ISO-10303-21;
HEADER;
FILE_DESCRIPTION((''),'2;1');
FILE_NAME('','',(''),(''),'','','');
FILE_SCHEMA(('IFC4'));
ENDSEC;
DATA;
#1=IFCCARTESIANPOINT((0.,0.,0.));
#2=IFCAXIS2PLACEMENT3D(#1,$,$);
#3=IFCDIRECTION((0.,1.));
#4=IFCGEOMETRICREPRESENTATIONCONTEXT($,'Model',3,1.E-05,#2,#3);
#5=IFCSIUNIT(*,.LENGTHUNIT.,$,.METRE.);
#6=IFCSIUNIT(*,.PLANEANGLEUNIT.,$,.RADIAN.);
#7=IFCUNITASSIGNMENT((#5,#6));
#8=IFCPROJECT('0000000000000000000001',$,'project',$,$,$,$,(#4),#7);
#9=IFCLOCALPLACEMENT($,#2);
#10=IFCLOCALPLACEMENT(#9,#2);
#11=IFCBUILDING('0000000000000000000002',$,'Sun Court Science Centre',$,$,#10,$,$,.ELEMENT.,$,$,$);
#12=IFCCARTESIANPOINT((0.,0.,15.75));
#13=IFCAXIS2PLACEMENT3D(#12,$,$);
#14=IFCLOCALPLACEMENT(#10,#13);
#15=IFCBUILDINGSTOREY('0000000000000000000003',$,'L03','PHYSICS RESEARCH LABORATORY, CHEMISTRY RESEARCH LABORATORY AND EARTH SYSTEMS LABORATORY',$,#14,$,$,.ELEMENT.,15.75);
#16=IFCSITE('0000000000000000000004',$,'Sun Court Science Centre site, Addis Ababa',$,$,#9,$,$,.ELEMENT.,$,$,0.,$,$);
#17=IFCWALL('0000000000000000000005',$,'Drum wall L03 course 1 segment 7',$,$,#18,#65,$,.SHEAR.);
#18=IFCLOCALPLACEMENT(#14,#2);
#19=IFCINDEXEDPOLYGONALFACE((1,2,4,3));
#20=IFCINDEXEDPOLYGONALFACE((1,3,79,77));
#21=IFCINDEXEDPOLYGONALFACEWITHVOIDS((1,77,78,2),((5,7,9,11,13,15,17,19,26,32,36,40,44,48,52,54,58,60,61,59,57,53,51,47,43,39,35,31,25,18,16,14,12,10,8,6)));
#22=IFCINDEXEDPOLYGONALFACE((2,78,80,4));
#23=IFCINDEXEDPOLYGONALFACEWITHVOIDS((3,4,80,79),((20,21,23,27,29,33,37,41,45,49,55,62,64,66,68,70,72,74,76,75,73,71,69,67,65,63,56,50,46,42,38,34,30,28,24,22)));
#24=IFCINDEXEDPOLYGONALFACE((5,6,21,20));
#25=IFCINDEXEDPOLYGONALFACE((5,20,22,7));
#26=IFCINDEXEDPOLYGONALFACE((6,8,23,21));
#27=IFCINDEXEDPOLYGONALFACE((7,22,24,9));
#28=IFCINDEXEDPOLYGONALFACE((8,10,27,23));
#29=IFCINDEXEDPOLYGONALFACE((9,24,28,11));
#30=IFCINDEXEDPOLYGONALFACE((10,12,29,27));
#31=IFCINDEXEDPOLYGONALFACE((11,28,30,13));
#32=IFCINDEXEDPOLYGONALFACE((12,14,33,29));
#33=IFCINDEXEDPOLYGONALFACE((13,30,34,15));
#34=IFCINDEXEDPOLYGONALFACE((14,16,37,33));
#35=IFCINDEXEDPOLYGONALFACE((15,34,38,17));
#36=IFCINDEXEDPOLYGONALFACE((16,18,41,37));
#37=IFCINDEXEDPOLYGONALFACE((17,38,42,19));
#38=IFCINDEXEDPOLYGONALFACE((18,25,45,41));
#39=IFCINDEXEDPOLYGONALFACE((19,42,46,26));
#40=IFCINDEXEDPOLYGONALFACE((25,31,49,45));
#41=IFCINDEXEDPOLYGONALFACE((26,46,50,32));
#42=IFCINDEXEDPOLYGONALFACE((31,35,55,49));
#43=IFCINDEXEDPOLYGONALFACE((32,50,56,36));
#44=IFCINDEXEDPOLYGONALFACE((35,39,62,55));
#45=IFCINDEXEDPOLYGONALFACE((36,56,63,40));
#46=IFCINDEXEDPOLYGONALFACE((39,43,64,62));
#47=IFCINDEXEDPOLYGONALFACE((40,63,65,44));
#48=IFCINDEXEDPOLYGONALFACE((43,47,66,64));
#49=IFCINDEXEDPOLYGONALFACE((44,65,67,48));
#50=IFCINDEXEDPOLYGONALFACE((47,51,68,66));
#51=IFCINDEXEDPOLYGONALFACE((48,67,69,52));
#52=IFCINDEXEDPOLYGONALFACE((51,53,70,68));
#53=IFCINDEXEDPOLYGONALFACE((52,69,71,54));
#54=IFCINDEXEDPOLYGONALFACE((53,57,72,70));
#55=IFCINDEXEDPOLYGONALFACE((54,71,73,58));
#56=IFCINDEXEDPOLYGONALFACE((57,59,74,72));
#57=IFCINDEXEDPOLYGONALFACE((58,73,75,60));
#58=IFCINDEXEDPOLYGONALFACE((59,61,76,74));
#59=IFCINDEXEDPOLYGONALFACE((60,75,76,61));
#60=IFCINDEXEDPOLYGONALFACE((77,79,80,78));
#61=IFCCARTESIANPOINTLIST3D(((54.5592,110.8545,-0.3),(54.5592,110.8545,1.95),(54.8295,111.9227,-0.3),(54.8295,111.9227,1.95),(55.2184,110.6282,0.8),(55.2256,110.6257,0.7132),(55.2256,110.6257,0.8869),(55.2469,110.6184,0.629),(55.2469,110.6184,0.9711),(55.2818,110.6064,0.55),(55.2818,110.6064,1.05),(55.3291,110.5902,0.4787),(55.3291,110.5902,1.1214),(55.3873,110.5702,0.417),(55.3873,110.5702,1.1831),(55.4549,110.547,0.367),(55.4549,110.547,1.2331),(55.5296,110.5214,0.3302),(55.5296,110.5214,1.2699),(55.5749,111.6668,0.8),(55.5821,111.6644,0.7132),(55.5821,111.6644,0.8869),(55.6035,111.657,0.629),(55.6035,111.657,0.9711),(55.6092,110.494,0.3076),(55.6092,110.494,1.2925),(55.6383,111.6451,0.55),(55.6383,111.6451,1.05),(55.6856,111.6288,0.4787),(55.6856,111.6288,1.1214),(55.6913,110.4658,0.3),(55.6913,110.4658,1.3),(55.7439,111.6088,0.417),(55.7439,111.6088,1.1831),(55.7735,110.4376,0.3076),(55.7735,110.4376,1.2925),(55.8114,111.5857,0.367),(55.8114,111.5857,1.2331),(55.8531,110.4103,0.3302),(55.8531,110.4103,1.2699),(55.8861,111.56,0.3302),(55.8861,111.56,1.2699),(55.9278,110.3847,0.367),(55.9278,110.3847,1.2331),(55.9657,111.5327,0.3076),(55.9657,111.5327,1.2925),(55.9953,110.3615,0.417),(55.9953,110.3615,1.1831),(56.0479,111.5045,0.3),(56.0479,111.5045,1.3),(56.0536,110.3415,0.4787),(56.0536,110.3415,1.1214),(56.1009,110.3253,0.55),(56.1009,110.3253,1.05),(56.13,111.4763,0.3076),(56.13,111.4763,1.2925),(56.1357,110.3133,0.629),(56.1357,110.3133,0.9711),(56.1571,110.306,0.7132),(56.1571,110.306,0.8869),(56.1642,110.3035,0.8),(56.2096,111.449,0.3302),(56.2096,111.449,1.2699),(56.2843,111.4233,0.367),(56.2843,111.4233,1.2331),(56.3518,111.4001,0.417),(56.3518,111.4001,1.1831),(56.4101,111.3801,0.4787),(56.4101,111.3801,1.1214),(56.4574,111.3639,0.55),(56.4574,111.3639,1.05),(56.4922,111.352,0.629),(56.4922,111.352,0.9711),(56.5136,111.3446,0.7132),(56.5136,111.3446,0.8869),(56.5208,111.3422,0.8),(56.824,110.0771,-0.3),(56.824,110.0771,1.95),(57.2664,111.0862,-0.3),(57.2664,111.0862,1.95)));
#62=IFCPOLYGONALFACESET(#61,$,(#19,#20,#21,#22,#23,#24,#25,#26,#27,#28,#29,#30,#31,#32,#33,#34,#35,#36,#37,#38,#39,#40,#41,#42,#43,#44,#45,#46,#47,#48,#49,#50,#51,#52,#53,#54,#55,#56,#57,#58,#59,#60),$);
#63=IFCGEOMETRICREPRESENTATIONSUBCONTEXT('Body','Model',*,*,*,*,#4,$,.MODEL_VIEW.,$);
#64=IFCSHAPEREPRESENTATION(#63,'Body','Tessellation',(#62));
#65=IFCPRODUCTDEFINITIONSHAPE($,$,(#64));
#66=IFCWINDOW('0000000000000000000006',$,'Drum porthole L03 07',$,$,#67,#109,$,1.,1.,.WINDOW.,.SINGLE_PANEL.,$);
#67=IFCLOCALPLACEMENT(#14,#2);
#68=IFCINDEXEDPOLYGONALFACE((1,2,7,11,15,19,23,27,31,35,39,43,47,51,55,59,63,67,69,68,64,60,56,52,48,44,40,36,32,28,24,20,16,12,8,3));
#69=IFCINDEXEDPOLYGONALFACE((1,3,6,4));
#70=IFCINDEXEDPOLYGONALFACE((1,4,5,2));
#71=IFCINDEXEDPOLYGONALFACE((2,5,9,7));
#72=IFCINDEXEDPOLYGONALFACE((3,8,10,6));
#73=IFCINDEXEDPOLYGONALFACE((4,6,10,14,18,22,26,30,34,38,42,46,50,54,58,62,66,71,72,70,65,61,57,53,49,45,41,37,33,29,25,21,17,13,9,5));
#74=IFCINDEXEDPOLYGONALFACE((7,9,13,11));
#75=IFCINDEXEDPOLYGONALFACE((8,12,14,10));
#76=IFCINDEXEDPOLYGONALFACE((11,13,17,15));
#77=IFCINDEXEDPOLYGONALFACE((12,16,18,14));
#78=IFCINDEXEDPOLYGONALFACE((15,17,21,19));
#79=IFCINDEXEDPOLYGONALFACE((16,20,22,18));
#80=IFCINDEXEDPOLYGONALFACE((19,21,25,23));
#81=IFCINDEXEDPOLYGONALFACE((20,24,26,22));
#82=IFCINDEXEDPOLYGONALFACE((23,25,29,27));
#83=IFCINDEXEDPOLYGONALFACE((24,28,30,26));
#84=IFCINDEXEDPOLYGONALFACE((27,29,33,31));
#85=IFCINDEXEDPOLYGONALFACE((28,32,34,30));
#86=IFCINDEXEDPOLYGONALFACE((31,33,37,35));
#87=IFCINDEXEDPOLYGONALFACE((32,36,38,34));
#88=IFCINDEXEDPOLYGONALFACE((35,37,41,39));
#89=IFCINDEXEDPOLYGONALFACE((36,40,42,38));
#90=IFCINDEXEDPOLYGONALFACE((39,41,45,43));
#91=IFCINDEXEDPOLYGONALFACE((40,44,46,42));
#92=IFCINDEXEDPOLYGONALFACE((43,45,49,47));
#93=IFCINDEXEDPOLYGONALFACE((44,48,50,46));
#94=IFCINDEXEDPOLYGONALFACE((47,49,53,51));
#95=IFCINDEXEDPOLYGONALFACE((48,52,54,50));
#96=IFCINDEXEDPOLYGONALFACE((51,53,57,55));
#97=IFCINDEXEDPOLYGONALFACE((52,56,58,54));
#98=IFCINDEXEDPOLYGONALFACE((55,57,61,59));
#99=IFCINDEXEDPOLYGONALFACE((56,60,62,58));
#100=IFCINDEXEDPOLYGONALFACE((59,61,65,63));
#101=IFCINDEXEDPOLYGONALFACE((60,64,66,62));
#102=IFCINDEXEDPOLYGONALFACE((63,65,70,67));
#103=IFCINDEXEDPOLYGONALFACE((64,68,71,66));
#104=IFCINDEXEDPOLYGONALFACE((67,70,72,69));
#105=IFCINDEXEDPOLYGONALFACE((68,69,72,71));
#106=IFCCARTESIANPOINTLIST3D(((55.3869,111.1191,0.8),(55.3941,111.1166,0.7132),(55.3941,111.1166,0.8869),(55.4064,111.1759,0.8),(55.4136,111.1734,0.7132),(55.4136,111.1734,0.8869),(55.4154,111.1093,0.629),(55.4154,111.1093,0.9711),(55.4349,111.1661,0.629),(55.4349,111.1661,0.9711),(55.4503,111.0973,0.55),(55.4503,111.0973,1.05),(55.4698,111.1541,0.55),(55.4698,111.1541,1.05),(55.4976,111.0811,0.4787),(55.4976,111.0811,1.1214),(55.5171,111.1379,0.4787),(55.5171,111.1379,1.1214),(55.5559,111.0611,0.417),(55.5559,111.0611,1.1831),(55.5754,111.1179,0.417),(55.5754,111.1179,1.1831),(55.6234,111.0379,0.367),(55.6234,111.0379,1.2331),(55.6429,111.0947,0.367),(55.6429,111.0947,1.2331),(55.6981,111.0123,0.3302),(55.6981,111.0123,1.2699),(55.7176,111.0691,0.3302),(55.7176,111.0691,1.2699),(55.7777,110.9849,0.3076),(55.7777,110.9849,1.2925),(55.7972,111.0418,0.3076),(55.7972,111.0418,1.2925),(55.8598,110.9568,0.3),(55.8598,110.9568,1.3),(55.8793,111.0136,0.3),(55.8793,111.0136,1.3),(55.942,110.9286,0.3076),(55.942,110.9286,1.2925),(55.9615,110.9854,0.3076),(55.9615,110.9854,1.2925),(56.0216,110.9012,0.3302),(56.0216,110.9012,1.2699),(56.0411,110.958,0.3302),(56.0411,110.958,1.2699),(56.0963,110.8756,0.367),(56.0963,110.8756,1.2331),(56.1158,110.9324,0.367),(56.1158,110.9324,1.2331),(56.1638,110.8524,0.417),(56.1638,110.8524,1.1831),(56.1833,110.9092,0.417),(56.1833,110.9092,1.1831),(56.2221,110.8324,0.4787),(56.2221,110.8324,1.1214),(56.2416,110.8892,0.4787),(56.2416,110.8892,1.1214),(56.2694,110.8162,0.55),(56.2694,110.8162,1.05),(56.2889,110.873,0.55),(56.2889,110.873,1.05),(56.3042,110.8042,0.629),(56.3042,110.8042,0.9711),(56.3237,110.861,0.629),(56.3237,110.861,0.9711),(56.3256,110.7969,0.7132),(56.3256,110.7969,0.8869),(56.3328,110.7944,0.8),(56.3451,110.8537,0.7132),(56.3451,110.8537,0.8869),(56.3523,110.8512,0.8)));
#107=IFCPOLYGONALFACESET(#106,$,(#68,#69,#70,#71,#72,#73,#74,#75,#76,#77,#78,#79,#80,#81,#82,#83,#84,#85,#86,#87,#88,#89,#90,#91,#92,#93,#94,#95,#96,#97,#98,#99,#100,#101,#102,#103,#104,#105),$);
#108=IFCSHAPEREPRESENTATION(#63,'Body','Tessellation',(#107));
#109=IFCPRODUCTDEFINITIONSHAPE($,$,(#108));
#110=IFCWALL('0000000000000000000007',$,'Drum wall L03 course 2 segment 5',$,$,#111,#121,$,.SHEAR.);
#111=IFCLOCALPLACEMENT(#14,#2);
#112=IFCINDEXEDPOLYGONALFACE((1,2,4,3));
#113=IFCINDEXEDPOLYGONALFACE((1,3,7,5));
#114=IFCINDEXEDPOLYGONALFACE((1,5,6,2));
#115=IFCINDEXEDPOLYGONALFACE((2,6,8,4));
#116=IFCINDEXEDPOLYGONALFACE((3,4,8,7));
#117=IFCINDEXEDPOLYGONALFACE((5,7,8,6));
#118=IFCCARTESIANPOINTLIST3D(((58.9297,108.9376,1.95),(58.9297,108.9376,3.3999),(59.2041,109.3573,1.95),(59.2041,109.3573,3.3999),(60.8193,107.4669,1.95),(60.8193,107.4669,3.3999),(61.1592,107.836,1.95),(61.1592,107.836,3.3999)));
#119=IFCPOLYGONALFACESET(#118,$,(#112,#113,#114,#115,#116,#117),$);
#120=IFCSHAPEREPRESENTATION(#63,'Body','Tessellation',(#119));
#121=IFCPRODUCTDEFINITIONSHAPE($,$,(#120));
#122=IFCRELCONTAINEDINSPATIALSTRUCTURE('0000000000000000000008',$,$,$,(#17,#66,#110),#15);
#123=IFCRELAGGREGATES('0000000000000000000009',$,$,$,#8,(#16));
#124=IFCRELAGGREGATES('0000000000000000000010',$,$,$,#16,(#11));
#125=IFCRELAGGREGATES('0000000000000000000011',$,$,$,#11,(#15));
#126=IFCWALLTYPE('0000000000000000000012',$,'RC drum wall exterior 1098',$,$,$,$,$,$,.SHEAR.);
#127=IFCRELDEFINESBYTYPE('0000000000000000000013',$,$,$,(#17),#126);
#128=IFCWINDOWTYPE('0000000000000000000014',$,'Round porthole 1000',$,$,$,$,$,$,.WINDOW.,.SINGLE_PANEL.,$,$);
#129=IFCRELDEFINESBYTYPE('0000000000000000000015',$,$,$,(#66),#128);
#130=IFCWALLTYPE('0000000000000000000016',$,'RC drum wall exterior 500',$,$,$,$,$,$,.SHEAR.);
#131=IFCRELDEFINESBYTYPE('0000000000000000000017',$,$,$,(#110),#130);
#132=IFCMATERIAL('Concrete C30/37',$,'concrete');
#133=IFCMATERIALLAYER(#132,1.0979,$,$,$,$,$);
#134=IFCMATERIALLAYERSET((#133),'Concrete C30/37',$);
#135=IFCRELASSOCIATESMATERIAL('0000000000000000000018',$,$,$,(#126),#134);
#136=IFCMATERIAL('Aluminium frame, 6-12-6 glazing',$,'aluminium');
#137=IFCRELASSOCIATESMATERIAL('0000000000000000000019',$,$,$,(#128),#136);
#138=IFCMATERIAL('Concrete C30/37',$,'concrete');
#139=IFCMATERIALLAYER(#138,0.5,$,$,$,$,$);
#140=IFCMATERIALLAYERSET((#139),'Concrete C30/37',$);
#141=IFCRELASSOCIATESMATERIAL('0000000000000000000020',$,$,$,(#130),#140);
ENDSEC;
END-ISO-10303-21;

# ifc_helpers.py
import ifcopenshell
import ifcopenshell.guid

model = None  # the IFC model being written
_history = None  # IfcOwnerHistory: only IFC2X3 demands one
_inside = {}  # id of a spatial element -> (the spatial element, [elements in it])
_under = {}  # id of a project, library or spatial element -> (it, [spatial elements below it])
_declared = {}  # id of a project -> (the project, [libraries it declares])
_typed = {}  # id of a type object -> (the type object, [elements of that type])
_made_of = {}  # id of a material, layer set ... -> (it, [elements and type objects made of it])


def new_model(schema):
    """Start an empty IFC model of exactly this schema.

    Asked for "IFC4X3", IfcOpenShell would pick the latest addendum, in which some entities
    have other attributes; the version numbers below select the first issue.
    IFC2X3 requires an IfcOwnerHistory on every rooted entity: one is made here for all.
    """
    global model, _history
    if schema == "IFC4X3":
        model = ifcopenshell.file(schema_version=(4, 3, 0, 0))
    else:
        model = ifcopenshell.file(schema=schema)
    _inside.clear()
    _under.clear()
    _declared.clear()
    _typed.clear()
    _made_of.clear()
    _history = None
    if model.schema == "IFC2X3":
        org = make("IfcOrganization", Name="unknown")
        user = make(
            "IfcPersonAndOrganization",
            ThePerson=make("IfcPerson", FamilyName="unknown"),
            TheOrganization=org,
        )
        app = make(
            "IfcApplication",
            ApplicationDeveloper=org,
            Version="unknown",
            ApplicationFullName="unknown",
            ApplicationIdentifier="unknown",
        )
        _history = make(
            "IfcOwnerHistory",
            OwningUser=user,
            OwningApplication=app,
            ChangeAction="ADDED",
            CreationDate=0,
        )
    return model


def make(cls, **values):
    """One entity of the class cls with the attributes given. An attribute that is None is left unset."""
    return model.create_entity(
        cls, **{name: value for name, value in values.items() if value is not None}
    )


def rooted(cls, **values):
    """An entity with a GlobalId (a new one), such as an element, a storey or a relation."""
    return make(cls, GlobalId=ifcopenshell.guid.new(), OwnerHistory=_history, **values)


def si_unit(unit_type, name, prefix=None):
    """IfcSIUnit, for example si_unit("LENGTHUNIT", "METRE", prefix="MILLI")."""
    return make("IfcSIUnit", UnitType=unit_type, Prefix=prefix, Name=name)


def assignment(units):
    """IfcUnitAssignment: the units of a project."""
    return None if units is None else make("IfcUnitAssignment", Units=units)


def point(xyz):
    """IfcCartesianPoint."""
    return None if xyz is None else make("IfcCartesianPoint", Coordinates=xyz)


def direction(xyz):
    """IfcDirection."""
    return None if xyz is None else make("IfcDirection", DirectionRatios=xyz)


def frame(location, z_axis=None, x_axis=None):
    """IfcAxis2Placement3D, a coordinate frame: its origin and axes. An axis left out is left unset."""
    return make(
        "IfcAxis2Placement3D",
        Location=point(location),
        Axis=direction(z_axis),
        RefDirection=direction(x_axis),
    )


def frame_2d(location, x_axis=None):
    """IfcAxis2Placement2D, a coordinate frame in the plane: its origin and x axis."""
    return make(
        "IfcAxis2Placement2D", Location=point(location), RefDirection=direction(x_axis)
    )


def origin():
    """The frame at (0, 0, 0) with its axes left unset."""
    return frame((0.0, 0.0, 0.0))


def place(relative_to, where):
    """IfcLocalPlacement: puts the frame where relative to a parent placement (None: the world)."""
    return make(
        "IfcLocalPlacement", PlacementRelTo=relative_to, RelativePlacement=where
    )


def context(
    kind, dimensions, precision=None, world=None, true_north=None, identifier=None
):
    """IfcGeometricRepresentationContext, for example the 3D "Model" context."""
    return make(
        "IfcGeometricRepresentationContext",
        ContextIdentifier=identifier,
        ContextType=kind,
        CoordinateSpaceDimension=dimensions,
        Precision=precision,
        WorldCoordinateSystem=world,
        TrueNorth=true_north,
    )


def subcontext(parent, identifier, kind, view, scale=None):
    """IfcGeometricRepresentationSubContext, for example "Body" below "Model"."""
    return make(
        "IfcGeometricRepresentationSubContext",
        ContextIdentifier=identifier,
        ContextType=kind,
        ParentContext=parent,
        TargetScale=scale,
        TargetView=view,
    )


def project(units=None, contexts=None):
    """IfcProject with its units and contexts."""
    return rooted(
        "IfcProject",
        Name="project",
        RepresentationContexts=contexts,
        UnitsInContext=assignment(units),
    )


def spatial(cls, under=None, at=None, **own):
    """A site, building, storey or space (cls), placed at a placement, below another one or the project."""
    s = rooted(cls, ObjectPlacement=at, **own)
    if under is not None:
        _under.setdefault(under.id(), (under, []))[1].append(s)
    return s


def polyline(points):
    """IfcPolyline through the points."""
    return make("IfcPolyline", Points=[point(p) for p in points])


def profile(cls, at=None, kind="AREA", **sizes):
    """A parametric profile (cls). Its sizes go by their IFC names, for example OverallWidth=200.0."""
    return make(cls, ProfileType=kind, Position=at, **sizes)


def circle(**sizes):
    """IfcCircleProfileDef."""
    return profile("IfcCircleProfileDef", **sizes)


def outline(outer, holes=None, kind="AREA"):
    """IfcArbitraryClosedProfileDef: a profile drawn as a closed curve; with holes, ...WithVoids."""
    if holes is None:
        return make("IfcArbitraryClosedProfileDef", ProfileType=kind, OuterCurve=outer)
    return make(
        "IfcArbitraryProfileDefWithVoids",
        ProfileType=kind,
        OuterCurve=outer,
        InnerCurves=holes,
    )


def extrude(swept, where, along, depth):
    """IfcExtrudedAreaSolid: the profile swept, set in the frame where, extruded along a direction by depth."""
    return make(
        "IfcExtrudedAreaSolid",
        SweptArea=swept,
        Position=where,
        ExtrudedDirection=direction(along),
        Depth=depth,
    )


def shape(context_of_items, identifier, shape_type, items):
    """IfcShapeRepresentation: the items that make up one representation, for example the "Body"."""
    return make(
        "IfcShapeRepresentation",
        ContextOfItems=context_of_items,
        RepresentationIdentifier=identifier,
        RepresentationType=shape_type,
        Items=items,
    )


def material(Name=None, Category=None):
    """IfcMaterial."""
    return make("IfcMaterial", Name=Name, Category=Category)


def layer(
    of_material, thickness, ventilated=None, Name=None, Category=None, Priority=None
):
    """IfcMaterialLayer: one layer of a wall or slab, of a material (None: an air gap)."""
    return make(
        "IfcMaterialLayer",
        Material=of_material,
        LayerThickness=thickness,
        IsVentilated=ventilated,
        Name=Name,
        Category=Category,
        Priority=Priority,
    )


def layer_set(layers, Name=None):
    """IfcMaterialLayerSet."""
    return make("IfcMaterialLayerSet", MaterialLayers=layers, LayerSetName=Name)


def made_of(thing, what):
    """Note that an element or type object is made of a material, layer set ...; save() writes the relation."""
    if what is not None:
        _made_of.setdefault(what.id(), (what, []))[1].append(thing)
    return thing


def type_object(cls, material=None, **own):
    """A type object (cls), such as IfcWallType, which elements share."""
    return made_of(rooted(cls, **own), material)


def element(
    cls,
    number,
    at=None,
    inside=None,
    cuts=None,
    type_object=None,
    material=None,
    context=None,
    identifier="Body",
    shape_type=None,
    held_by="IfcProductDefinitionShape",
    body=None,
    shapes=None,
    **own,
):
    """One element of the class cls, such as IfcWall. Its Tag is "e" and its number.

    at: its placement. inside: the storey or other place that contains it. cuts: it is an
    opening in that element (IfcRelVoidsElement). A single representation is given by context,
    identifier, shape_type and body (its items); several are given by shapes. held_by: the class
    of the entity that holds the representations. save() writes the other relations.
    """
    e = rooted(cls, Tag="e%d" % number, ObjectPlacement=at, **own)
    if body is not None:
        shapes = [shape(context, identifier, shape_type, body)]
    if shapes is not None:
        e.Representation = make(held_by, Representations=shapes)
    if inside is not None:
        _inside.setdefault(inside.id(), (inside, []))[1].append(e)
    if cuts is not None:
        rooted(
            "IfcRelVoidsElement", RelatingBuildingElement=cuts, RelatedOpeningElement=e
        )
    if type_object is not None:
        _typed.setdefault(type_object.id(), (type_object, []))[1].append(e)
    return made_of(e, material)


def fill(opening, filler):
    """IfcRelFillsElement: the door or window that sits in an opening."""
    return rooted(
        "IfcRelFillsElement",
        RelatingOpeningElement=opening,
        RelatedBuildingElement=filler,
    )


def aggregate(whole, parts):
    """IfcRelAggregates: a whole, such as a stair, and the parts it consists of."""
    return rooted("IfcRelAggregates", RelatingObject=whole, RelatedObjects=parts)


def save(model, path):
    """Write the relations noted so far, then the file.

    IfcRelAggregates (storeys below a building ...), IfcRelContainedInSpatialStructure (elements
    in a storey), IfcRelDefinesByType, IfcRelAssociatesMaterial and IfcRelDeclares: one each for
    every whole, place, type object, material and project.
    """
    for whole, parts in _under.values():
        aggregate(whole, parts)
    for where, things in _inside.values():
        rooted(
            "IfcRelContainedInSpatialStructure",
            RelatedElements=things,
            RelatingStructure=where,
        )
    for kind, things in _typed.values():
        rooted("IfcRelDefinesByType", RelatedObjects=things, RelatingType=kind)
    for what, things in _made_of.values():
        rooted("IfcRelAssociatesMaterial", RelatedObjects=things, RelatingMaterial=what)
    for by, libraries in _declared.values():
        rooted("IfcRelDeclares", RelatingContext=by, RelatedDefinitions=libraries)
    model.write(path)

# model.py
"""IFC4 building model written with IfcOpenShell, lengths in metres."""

from ifc_helpers import new_model, si_unit, direction, frame, frame_2d, origin, place, context, subcontext, project, spatial, polyline, circle, outline, extrude, material, layer, layer_set, type_object, element, fill, save


model = new_model("IFC4")

# Units and contexts
model_context = context("Model", 3, precision=1e-05, world=origin(), true_north=direction((0.0, 1.0)))
body_context = subcontext(model_context, "Body", "Model", "MODEL_VIEW")
ifc_project = project(units=[si_unit("LENGTHUNIT", "METRE"), si_unit("PLANEANGLEUNIT", "RADIAN")], contexts=[model_context])

# Site, building, storey
site_placement = place(None, origin())
site = spatial("IfcSite", under=ifc_project, at=site_placement, Name="Sun Court Science Centre site, Addis Ababa", CompositionType="ELEMENT", RefElevation=0.0)
building_placement = place(site_placement, origin())
building = spatial("IfcBuilding", under=site, at=building_placement, Name="Sun Court Science Centre", CompositionType="ELEMENT")
storey_placement = place(building_placement, frame((0.0, 0.0, 15.75)))
storey = spatial("IfcBuildingStorey", under=building, at=storey_placement, Name="L03", Description="PHYSICS RESEARCH LABORATORY, CHEMISTRY RESEARCH LABORATORY AND EARTH SYSTEMS LABORATORY", CompositionType="ELEMENT", Elevation=15.75)

# Shared definitions
ifc_material_1 = material(Name="Concrete C30/37", Category="concrete")
ifc_layer_1 = layer(ifc_material_1, 1.0979)
ifc_layer_set_1 = layer_set([ifc_layer_1], Name="Concrete C30/37")
wall_type_1 = type_object("IfcWallType", Name="RC drum wall exterior 1098", PredefinedType="SHEAR", material=ifc_layer_set_1)

# Wall, opening, window
wall_1_placement = place(storey_placement, frame((57.0881, 110.5669, -0.3), z_axis=(0.0, 0.0, 1.0), x_axis=(-0.945831, 0.324659, 0.0)))
wall_1 = element("IfcWall", 1, at=wall_1_placement, inside=storey, type_object=wall_type_1, Name="Drum wall L03 course 1 segment 7", PredefinedType="SHEAR", context=body_context, shape_type="SweptSolid", body=[
    extrude(outline(polyline([(0.0, -0.5491), (2.5764, -0.5491), (2.4854, 0.5491), (0.0908, 0.5491), (0.0, -0.5491)])), origin(), (0.0, 0.0, 1.0), 2.25),
])
opening_1_placement = place(wall_1_placement, frame((0.7883, 0.0, 0.6001)))
opening_1 = element("IfcOpeningElement", 2, at=opening_1_placement, cuts=wall_1, PredefinedType="OPENING", context=body_context, shape_type="SweptSolid", body=[
    extrude(circle(Radius=0.5, at=frame_2d((0.5, 0.5))), frame((0.0, 0.5588, 0.0), z_axis=(0.0, -1.0, 0.0), x_axis=(1.0, 0.0, 0.0)), (0.0, 0.0, 1.0), 1.1179),
])
ifc_material_2 = material(Name="Aluminium frame, 6-12-6 glazing", Category="aluminium")
window_type = type_object("IfcWindowType", Name="Round porthole 1000", PartitioningType="SINGLE_PANEL", PredefinedType="WINDOW", material=ifc_material_2)
window_1_placement = place(opening_1_placement, origin())
window_1 = element("IfcWindow", 3, at=window_1_placement, inside=storey, type_object=window_type, Name="Drum porthole L03 07", OverallHeight=1.0, OverallWidth=1.0, PartitioningType="SINGLE_PANEL", PredefinedType="WINDOW", context=body_context, shape_type="SweptSolid", body=[
    extrude(circle(Radius=0.5, at=frame_2d((0.5, 0.5))), frame((0.0, 0.03, 0.0), z_axis=(0.0, -1.0, 0.0), x_axis=(1.0, 0.0, 0.0)), (0.0, 0.0, 1.0), 0.0601),
])
fill(opening_1, window_1)

# Wall
ifc_material_3 = material(Name="Concrete C30/37", Category="concrete")
ifc_layer_2 = layer(ifc_material_3, 0.5)
ifc_layer_set_2 = layer_set([ifc_layer_2], Name="Concrete C30/37")
wall_type_2 = type_object("IfcWallType", Name="RC drum wall exterior 500", PredefinedType="SHEAR", material=ifc_layer_set_2)
wall_2_placement = place(storey_placement, frame((61.0056, 107.6387, 1.95), z_axis=(0.0, 0.0, 1.0), x_axis=(-0.789145, 0.614207, 0.0)))
element("IfcWall", 4, at=wall_2_placement, inside=storey, type_object=wall_type_2, Name="Drum wall L03 course 2 segment 5", PredefinedType="SHEAR", context=body_context, shape_type="SweptSolid", body=[
    extrude(outline(polyline([(0.0, -0.25), (2.4773, -0.2498), (2.436, 0.25), (0.0415, 0.25), (0.0, -0.25)])), origin(), (0.0, 0.0, 1.0), 1.45),
])

save(model, "model.ifc")
